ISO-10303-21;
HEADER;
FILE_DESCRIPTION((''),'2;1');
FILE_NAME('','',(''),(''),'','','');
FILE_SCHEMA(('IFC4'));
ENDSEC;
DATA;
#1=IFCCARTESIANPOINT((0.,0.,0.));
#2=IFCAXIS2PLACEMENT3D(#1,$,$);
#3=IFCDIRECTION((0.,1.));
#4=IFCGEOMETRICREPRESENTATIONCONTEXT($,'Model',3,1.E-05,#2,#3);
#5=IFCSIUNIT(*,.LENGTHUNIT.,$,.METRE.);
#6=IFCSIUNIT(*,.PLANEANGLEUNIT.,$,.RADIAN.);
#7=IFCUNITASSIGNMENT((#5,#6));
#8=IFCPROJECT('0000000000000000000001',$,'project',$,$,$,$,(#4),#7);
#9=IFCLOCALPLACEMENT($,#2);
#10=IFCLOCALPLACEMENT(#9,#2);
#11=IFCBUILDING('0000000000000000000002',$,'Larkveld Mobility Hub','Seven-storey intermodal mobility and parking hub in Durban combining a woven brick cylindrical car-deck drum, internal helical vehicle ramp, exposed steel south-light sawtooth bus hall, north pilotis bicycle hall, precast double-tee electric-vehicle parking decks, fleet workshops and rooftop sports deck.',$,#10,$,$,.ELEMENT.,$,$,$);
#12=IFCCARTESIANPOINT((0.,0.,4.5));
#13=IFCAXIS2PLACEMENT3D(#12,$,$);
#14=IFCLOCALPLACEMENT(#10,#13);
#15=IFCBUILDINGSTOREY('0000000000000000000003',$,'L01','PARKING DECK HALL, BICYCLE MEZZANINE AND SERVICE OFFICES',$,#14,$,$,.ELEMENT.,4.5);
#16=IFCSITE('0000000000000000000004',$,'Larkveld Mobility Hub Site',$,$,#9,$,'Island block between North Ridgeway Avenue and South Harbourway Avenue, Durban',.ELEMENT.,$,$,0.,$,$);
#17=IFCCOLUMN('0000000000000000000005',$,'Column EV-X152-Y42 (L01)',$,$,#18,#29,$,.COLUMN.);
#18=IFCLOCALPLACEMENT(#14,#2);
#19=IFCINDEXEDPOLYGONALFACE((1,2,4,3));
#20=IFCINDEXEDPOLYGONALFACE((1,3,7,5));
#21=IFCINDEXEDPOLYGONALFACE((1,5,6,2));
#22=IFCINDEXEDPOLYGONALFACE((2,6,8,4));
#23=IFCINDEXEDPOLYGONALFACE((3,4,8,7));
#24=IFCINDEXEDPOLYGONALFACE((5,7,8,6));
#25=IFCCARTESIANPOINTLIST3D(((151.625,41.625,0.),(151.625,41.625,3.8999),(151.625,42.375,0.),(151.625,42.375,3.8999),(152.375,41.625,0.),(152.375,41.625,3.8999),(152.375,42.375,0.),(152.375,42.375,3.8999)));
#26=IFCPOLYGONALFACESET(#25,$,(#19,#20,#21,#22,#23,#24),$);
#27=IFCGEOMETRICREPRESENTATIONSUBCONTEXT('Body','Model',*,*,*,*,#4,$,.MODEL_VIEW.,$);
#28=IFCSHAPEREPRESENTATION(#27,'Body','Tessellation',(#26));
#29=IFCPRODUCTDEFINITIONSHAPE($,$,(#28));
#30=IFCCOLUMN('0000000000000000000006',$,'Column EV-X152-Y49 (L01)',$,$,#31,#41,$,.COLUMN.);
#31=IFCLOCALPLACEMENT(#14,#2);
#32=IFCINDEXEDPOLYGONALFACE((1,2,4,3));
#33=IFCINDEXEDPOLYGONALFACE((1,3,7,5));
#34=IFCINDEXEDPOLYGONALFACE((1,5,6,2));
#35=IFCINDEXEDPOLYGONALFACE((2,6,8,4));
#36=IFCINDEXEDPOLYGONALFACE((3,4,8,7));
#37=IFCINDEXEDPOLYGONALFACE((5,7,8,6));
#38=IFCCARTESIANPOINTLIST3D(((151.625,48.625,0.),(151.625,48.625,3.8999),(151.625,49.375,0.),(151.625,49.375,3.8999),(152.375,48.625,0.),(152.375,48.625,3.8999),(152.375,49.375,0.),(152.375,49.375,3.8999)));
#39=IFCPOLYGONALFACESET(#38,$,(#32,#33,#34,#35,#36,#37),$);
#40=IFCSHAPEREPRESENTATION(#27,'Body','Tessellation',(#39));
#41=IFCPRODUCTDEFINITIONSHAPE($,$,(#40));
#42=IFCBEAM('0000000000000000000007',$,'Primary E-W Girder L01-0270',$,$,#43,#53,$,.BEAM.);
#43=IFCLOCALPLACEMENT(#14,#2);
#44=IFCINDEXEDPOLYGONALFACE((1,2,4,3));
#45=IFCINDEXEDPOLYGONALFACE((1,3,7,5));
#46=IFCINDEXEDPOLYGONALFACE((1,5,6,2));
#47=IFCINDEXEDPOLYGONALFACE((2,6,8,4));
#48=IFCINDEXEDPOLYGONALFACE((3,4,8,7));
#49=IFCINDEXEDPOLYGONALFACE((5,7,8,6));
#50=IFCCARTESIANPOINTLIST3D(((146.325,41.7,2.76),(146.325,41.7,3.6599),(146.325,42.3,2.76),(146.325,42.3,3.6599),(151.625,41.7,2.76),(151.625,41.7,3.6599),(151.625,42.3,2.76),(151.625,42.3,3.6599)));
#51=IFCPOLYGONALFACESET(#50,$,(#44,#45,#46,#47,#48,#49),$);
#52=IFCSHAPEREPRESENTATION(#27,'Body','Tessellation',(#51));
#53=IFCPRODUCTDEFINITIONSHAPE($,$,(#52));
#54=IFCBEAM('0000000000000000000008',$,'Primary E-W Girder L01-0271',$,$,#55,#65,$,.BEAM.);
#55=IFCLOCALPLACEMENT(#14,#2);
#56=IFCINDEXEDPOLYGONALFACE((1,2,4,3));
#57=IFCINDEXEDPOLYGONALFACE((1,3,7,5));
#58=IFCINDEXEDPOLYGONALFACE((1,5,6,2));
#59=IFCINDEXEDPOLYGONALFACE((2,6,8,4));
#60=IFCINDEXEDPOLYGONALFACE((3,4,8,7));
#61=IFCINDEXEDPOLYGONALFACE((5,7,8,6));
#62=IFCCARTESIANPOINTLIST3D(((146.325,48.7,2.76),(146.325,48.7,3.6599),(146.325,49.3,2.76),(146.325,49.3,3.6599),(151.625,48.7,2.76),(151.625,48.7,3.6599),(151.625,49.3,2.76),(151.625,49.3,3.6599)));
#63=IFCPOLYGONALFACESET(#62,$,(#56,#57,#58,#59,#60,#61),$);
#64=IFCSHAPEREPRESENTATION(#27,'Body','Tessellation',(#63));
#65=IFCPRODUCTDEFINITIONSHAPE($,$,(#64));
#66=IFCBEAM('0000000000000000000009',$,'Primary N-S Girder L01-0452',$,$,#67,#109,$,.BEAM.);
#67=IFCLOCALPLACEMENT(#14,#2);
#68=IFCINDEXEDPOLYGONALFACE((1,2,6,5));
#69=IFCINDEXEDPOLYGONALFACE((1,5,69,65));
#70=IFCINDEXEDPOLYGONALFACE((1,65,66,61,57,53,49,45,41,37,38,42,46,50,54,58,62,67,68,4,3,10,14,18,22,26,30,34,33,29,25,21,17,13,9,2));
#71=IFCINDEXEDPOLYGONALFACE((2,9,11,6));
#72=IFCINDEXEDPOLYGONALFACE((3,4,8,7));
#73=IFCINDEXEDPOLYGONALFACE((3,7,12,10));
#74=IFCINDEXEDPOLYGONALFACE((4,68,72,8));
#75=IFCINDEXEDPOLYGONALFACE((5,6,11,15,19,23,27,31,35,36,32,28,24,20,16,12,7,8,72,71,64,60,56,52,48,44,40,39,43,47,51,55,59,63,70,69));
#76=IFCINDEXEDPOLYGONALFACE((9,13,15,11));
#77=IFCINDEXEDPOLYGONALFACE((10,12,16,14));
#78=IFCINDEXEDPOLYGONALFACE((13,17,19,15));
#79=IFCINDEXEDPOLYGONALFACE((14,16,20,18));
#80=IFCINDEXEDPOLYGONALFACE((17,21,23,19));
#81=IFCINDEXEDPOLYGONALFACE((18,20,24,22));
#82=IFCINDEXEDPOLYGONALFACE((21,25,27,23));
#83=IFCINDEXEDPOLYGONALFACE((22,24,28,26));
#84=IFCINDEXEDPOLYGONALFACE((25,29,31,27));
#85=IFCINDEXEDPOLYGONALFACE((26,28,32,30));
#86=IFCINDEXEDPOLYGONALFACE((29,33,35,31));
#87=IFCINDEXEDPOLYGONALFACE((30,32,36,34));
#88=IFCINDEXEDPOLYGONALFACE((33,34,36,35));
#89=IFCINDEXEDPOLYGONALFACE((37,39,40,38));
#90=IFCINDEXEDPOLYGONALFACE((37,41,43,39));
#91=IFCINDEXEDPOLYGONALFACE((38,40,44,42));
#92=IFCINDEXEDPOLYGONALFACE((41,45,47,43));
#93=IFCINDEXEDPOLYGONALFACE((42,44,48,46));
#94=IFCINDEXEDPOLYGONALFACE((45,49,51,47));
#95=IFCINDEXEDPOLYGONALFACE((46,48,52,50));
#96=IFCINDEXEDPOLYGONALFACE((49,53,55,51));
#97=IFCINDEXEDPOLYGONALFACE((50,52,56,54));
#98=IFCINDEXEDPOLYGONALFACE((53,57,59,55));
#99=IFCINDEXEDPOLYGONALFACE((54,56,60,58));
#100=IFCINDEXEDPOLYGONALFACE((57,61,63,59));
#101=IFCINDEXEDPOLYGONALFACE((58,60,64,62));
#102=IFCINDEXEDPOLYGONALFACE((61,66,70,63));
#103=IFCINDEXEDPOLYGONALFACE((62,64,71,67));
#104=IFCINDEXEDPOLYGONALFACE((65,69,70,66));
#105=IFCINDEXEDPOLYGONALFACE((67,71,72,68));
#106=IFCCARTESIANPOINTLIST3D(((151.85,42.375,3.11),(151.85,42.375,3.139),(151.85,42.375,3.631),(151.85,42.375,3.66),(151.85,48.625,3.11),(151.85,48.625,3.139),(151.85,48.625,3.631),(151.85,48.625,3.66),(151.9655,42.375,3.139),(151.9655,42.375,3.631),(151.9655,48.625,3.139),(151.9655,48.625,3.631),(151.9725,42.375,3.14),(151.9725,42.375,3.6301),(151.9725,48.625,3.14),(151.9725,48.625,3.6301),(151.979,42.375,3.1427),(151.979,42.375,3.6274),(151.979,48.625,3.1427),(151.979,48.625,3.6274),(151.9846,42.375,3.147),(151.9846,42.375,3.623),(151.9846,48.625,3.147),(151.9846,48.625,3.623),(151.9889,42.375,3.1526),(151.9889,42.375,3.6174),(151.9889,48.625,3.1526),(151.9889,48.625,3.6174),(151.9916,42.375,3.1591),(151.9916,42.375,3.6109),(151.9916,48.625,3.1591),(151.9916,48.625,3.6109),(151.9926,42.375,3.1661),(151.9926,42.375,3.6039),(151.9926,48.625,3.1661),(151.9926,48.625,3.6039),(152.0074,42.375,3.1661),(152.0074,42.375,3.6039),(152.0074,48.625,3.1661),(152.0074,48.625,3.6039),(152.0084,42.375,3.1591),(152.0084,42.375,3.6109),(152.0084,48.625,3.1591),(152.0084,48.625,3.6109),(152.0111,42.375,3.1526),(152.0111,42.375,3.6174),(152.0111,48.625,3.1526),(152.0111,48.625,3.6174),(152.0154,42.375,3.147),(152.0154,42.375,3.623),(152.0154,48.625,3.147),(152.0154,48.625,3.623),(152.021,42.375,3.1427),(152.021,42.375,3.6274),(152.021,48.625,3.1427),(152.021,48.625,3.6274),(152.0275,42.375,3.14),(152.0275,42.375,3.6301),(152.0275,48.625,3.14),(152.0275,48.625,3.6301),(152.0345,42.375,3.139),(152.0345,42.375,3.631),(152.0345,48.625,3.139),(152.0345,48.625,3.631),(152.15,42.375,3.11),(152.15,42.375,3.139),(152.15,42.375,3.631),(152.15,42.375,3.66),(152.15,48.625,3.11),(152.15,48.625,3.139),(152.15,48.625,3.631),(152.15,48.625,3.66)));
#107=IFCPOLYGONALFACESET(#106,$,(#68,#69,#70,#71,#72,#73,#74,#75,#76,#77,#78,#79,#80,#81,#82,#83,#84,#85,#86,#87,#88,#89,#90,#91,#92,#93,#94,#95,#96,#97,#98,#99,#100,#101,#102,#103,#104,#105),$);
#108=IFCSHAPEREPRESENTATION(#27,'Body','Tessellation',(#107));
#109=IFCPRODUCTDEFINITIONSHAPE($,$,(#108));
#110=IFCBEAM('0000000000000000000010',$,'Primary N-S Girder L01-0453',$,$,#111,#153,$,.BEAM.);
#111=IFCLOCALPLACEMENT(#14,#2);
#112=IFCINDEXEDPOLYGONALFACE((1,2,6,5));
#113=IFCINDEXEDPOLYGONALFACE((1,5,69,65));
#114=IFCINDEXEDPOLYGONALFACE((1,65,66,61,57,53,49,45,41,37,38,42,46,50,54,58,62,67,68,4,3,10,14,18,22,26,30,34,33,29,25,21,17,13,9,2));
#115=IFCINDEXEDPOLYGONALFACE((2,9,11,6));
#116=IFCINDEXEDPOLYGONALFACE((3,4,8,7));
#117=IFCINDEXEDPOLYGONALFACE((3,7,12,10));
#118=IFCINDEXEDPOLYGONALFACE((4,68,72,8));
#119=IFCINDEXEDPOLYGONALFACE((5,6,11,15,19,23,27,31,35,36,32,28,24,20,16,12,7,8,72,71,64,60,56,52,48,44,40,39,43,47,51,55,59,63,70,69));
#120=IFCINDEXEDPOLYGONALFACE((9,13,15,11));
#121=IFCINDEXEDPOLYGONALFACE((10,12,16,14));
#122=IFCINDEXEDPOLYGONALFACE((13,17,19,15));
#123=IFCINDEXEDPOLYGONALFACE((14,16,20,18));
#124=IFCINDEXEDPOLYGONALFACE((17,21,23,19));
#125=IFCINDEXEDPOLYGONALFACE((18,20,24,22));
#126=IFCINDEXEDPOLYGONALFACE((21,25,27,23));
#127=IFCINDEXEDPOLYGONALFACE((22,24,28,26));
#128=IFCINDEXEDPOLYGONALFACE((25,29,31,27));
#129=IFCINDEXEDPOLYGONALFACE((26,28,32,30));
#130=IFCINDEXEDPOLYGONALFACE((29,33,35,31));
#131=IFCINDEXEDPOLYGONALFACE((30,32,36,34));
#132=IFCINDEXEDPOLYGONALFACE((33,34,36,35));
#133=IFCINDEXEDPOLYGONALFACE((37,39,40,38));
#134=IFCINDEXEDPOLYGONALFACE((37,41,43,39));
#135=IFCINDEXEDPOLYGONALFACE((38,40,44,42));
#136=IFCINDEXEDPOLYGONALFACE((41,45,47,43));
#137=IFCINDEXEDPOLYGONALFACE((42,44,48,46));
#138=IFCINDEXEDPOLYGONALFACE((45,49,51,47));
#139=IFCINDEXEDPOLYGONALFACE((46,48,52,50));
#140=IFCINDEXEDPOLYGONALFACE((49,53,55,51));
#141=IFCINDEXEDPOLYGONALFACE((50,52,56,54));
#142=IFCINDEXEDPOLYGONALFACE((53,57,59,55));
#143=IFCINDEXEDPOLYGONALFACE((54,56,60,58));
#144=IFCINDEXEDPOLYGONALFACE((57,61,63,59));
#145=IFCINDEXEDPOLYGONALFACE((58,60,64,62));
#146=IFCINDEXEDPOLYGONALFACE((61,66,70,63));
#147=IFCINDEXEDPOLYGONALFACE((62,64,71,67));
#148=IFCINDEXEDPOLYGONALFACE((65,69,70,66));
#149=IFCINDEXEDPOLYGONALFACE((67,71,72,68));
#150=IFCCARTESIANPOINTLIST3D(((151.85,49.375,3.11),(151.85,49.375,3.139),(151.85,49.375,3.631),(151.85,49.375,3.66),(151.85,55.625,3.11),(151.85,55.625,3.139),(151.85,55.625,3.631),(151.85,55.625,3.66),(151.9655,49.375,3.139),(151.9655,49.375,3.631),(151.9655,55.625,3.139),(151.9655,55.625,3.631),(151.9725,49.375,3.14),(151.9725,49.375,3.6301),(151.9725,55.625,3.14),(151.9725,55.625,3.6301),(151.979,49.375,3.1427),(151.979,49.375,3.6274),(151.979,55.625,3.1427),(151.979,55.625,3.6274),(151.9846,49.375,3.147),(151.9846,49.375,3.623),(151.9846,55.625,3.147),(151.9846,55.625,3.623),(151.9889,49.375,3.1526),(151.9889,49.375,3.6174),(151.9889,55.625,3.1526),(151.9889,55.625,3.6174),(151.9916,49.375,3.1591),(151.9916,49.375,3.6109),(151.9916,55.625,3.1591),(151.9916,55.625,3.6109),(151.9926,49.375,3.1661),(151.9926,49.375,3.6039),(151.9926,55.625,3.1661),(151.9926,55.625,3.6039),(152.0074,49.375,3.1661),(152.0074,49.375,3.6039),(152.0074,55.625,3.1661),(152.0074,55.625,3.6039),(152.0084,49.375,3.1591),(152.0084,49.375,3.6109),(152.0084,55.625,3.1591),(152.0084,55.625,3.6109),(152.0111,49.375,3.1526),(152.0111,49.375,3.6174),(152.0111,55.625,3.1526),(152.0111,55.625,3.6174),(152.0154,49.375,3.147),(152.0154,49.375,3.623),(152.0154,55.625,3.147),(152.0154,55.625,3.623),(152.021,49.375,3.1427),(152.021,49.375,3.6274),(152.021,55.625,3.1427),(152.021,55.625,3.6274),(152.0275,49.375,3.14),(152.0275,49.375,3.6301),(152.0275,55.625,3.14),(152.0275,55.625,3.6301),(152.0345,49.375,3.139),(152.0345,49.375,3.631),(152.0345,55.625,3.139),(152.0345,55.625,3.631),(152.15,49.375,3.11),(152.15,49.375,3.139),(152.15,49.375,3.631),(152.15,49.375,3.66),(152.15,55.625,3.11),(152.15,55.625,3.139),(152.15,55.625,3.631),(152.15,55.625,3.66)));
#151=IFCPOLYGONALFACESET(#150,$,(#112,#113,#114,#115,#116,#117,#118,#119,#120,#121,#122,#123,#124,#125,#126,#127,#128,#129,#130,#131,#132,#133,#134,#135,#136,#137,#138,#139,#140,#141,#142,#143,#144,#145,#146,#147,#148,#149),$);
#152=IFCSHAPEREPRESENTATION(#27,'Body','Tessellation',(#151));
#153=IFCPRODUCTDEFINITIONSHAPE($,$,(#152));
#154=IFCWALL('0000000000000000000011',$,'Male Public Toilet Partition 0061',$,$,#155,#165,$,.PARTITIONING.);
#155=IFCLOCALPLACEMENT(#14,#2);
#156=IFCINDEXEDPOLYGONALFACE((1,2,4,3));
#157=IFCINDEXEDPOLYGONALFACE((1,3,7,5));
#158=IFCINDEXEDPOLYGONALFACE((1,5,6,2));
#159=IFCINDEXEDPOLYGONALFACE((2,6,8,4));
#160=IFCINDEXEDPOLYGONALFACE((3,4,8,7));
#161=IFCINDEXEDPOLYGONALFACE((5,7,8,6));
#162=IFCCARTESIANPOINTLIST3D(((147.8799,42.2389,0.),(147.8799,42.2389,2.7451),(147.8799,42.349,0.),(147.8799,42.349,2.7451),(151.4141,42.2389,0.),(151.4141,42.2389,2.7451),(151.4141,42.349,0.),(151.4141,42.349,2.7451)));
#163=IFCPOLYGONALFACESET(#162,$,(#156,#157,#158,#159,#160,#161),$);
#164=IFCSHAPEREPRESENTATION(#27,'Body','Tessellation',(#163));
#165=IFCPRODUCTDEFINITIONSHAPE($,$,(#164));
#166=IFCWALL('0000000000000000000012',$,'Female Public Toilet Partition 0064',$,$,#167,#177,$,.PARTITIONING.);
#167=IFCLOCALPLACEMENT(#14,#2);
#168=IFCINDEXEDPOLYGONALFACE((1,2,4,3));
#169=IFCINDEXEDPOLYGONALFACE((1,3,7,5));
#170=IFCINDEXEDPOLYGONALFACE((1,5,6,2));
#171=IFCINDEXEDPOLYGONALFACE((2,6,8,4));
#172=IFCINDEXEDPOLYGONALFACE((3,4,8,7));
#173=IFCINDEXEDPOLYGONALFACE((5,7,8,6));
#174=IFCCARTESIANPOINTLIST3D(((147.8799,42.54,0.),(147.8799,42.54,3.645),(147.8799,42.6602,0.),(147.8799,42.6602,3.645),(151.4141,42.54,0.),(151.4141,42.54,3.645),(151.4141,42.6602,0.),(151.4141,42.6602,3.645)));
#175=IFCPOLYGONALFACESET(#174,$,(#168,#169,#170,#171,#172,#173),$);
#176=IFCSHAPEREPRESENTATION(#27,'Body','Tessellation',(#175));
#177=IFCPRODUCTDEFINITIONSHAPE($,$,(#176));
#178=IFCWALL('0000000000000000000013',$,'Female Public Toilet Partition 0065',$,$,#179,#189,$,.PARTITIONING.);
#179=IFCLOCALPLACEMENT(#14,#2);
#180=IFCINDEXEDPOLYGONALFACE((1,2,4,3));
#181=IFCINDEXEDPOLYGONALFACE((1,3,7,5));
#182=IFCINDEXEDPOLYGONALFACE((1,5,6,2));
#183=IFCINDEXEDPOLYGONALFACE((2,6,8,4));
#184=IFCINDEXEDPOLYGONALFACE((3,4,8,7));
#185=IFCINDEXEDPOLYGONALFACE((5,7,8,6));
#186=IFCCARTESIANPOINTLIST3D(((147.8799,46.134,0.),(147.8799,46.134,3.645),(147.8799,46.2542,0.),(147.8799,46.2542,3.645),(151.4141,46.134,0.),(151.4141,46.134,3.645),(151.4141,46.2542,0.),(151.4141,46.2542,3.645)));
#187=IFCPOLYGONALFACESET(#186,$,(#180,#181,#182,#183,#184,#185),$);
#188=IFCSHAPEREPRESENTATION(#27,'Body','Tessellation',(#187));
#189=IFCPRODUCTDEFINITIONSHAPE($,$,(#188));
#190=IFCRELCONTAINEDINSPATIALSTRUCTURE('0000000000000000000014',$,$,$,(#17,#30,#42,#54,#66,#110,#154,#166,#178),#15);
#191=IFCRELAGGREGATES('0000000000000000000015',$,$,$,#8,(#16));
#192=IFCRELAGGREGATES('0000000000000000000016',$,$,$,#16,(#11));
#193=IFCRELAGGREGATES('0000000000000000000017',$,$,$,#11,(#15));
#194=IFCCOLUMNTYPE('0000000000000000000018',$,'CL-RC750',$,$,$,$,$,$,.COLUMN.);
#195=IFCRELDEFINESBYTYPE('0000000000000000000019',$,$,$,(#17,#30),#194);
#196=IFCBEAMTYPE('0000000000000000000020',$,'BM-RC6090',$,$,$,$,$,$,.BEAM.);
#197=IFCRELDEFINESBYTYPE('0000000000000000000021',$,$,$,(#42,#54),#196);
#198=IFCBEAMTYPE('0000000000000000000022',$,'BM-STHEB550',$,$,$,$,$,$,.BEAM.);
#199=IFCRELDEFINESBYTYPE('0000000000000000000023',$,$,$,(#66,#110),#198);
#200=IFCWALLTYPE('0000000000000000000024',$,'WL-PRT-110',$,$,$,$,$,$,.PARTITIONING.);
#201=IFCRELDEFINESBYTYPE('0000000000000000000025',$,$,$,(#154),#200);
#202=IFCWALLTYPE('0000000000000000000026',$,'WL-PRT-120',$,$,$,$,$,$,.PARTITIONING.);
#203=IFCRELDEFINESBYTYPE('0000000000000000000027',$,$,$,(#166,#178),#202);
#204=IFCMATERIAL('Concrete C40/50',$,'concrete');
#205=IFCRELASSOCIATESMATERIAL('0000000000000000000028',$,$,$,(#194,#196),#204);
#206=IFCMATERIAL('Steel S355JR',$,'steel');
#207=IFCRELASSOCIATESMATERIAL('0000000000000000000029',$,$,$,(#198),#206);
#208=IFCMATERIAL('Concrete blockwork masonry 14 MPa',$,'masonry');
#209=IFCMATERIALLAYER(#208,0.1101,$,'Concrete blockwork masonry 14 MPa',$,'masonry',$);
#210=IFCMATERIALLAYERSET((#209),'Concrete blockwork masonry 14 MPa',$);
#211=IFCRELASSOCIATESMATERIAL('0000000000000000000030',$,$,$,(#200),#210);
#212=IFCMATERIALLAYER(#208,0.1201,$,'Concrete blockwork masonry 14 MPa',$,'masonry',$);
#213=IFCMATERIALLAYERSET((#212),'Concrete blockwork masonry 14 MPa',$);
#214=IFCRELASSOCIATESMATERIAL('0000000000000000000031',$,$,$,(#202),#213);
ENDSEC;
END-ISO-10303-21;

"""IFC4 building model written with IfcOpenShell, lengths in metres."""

from ifc_helpers import new_model, si_unit, direction, frame, frame_2d, origin, origin_2d, place, context, subcontext, project, spatial, rectangle, i_section, extrude, material, layer, layer_set, material_profile, profile_set, type_object, element, save


model = new_model("IFC4")

# Units and contexts
model_context = context("Model", 3, precision=1e-05, world=origin(), true_north=direction((0.0, 1.0)))
body_context = subcontext(model_context, "Body", "Model", "MODEL_VIEW")
ifc_project = project(units=[si_unit("LENGTHUNIT", "METRE"), si_unit("PLANEANGLEUNIT", "RADIAN")], contexts=[model_context])

# Site, building, storey
site_placement = place(None, origin())
site = spatial("IfcSite", under=ifc_project, at=site_placement, Name="Larkveld Mobility Hub Site", LongName="Island block between North Ridgeway Avenue and South Harbourway Avenue, Durban", CompositionType="ELEMENT", RefElevation=0.0)
building_placement = place(site_placement, origin())
building = spatial("IfcBuilding", under=site, at=building_placement, Name="Larkveld Mobility Hub", Description="Seven-storey intermodal mobility and parking hub in Durban combining a woven brick cylindrical car-deck drum, internal helical vehicle ramp, exposed steel south-light sawtooth bus hall, north pilotis bicycle hall, precast double-tee electric-vehicle parking decks, fleet workshops and rooftop sports deck.", CompositionType="ELEMENT")
storey_placement = place(building_placement, frame((0.0, 0.0, 4.5)))
storey = spatial("IfcBuildingStorey", under=building, at=storey_placement, Name="L01", Description="PARKING DECK HALL, BICYCLE MEZZANINE AND SERVICE OFFICES", CompositionType="ELEMENT", Elevation=4.5)

# Columns
ifc_material_1 = material(Name="Concrete C40/50", Category="concrete")
ifc_material_profile_1 = material_profile(ifc_material_1, rectangle(XDim=0.75, YDim=0.75, at=origin_2d()), Name="RC COL 750x750")
ifc_profile_set_1 = profile_set([ifc_material_profile_1], Name="Concrete C40/50")
column_type = type_object("IfcColumnType", Name="CL-RC750", PredefinedType="COLUMN", material=ifc_profile_set_1)
for number, where, z_axis, x_axis, name in (
    (1, (152.0, 42.0, 0.0), (0.0, 0.0, 1.0), (1.0, 0.0, 0.0), "Column EV-X152-Y42 (L01)"),
    (2, (152.0, 49.0, 0.0), (0.0, 0.0, 1.0), (1.0, 0.0, 0.0), "Column EV-X152-Y49 (L01)"),
):
    element("IfcColumn", number, at=place(storey_placement, frame(where, z_axis=z_axis, x_axis=x_axis)), inside=storey, type_object=column_type, Name=name, PredefinedType="COLUMN", context=body_context, shape_type="SweptSolid", body=[
        extrude(rectangle(XDim=0.75, YDim=0.75, at=origin_2d()), origin(), (0.0, 0.0, 1.0), 3.8999),
    ])

# Beams
ifc_material_profile_2 = material_profile(ifc_material_1, rectangle(XDim=0.6001, YDim=0.8999, at=origin_2d()), Name="RC BM 600x900")
ifc_profile_set_2 = profile_set([ifc_material_profile_2], Name="Concrete C40/50")
beam_type_1 = type_object("IfcBeamType", Name="BM-RC6090", PredefinedType="BEAM", material=ifc_profile_set_2)
for number, where, z_axis, x_axis, name in (
    (3, (146.325, 42.0, 3.21), (1.0, 0.0, 0.0), (0.0, 1.0, 0.0), "Primary E-W Girder L01-0270"),
    (4, (146.325, 49.0, 3.21), (1.0, 0.0, 0.0), (0.0, 1.0, 0.0), "Primary E-W Girder L01-0271"),
):
    element("IfcBeam", number, at=place(storey_placement, frame(where, z_axis=z_axis, x_axis=x_axis)), inside=storey, type_object=beam_type_1, Name=name, PredefinedType="BEAM", context=body_context, shape_type="SweptSolid", body=[
        extrude(rectangle(XDim=0.6001, YDim=0.8999, at=origin_2d()), origin(), (0.0, 0.0, 1.0), 5.3),
    ])
ifc_material_2 = material(Name="Steel S355JR", Category="steel")
ifc_material_profile_3 = material_profile(ifc_material_2, i_section(OverallWidth=0.3, OverallDepth=0.55, WebThickness=0.0149, FlangeThickness=0.0291, FilletRadius=0.0271, at=origin_2d()), Name="HEB 550")
ifc_profile_set_3 = profile_set([ifc_material_profile_3], Name="Steel S355JR")
beam_type_2 = type_object("IfcBeamType", Name="BM-STHEB550", PredefinedType="BEAM", material=ifc_profile_set_3)
for number, where, z_axis, x_axis, name in (
    (5, (152.0, 42.375, 3.385), (0.0, 1.0, 0.0), (-1.0, 0.0, 0.0), "Primary N-S Girder L01-0452"),
    (6, (152.0, 49.375, 3.385), (0.0, 1.0, 0.0), (-1.0, 0.0, 0.0), "Primary N-S Girder L01-0453"),
):
    element("IfcBeam", number, at=place(storey_placement, frame(where, z_axis=z_axis, x_axis=x_axis)), inside=storey, type_object=beam_type_2, Name=name, PredefinedType="BEAM", context=body_context, shape_type="SweptSolid", body=[
        extrude(i_section(OverallWidth=0.3, OverallDepth=0.55, WebThickness=0.0149, FlangeThickness=0.0291, FilletRadius=0.0271, at=origin_2d()), origin(), (0.0, 0.0, 1.0), 6.25),
    ])

# Walls
ifc_material_3 = material(Name="Concrete blockwork masonry 14 MPa", Category="masonry")
ifc_layer_1 = layer(ifc_material_3, 0.1101, Name="Concrete blockwork masonry 14 MPa", Category="masonry")
ifc_layer_set_1 = layer_set([ifc_layer_1], Name="Concrete blockwork masonry 14 MPa")
wall_type_1 = type_object("IfcWallType", Name="WL-PRT-110", PredefinedType="PARTITIONING", material=ifc_layer_set_1)
wall_1_placement = place(storey_placement, frame((147.8799, 42.2939, 0.0), z_axis=(0.0, 0.0, 1.0), x_axis=(1.0, 0.0, 0.0)))
element("IfcWall", 7, at=wall_1_placement, inside=storey, type_object=wall_type_1, Name="Male Public Toilet Partition 0061", PredefinedType="PARTITIONING", context=body_context, shape_type="SweptSolid", body=[
    extrude(rectangle(XDim=3.5342, YDim=0.1101, at=frame_2d((1.7671, 0.0))), origin(), (0.0, 0.0, 1.0), 2.7451),
])
ifc_layer_2 = layer(ifc_material_3, 0.1201, Name="Concrete blockwork masonry 14 MPa", Category="masonry")
ifc_layer_set_2 = layer_set([ifc_layer_2], Name="Concrete blockwork masonry 14 MPa")
wall_type_2 = type_object("IfcWallType", Name="WL-PRT-120", PredefinedType="PARTITIONING", material=ifc_layer_set_2)
for number, where, z_axis, x_axis, name in (
    (8, (147.8799, 42.6001, 0.0), (0.0, 0.0, 1.0), (1.0, 0.0, 0.0), "Female Public Toilet Partition 0064"),
    (9, (147.8799, 46.1941, 0.0), (0.0, 0.0, 1.0), (1.0, 0.0, 0.0), "Female Public Toilet Partition 0065"),
):
    element("IfcWall", number, at=place(storey_placement, frame(where, z_axis=z_axis, x_axis=x_axis)), inside=storey, type_object=wall_type_2, Name=name, PredefinedType="PARTITIONING", context=body_context, shape_type="SweptSolid", body=[
        extrude(rectangle(XDim=3.5342, YDim=0.1201, at=frame_2d((1.7671, 0.0))), origin(), (0.0, 0.0, 1.0), 3.645),
    ])

save(model, "model.ifc")
